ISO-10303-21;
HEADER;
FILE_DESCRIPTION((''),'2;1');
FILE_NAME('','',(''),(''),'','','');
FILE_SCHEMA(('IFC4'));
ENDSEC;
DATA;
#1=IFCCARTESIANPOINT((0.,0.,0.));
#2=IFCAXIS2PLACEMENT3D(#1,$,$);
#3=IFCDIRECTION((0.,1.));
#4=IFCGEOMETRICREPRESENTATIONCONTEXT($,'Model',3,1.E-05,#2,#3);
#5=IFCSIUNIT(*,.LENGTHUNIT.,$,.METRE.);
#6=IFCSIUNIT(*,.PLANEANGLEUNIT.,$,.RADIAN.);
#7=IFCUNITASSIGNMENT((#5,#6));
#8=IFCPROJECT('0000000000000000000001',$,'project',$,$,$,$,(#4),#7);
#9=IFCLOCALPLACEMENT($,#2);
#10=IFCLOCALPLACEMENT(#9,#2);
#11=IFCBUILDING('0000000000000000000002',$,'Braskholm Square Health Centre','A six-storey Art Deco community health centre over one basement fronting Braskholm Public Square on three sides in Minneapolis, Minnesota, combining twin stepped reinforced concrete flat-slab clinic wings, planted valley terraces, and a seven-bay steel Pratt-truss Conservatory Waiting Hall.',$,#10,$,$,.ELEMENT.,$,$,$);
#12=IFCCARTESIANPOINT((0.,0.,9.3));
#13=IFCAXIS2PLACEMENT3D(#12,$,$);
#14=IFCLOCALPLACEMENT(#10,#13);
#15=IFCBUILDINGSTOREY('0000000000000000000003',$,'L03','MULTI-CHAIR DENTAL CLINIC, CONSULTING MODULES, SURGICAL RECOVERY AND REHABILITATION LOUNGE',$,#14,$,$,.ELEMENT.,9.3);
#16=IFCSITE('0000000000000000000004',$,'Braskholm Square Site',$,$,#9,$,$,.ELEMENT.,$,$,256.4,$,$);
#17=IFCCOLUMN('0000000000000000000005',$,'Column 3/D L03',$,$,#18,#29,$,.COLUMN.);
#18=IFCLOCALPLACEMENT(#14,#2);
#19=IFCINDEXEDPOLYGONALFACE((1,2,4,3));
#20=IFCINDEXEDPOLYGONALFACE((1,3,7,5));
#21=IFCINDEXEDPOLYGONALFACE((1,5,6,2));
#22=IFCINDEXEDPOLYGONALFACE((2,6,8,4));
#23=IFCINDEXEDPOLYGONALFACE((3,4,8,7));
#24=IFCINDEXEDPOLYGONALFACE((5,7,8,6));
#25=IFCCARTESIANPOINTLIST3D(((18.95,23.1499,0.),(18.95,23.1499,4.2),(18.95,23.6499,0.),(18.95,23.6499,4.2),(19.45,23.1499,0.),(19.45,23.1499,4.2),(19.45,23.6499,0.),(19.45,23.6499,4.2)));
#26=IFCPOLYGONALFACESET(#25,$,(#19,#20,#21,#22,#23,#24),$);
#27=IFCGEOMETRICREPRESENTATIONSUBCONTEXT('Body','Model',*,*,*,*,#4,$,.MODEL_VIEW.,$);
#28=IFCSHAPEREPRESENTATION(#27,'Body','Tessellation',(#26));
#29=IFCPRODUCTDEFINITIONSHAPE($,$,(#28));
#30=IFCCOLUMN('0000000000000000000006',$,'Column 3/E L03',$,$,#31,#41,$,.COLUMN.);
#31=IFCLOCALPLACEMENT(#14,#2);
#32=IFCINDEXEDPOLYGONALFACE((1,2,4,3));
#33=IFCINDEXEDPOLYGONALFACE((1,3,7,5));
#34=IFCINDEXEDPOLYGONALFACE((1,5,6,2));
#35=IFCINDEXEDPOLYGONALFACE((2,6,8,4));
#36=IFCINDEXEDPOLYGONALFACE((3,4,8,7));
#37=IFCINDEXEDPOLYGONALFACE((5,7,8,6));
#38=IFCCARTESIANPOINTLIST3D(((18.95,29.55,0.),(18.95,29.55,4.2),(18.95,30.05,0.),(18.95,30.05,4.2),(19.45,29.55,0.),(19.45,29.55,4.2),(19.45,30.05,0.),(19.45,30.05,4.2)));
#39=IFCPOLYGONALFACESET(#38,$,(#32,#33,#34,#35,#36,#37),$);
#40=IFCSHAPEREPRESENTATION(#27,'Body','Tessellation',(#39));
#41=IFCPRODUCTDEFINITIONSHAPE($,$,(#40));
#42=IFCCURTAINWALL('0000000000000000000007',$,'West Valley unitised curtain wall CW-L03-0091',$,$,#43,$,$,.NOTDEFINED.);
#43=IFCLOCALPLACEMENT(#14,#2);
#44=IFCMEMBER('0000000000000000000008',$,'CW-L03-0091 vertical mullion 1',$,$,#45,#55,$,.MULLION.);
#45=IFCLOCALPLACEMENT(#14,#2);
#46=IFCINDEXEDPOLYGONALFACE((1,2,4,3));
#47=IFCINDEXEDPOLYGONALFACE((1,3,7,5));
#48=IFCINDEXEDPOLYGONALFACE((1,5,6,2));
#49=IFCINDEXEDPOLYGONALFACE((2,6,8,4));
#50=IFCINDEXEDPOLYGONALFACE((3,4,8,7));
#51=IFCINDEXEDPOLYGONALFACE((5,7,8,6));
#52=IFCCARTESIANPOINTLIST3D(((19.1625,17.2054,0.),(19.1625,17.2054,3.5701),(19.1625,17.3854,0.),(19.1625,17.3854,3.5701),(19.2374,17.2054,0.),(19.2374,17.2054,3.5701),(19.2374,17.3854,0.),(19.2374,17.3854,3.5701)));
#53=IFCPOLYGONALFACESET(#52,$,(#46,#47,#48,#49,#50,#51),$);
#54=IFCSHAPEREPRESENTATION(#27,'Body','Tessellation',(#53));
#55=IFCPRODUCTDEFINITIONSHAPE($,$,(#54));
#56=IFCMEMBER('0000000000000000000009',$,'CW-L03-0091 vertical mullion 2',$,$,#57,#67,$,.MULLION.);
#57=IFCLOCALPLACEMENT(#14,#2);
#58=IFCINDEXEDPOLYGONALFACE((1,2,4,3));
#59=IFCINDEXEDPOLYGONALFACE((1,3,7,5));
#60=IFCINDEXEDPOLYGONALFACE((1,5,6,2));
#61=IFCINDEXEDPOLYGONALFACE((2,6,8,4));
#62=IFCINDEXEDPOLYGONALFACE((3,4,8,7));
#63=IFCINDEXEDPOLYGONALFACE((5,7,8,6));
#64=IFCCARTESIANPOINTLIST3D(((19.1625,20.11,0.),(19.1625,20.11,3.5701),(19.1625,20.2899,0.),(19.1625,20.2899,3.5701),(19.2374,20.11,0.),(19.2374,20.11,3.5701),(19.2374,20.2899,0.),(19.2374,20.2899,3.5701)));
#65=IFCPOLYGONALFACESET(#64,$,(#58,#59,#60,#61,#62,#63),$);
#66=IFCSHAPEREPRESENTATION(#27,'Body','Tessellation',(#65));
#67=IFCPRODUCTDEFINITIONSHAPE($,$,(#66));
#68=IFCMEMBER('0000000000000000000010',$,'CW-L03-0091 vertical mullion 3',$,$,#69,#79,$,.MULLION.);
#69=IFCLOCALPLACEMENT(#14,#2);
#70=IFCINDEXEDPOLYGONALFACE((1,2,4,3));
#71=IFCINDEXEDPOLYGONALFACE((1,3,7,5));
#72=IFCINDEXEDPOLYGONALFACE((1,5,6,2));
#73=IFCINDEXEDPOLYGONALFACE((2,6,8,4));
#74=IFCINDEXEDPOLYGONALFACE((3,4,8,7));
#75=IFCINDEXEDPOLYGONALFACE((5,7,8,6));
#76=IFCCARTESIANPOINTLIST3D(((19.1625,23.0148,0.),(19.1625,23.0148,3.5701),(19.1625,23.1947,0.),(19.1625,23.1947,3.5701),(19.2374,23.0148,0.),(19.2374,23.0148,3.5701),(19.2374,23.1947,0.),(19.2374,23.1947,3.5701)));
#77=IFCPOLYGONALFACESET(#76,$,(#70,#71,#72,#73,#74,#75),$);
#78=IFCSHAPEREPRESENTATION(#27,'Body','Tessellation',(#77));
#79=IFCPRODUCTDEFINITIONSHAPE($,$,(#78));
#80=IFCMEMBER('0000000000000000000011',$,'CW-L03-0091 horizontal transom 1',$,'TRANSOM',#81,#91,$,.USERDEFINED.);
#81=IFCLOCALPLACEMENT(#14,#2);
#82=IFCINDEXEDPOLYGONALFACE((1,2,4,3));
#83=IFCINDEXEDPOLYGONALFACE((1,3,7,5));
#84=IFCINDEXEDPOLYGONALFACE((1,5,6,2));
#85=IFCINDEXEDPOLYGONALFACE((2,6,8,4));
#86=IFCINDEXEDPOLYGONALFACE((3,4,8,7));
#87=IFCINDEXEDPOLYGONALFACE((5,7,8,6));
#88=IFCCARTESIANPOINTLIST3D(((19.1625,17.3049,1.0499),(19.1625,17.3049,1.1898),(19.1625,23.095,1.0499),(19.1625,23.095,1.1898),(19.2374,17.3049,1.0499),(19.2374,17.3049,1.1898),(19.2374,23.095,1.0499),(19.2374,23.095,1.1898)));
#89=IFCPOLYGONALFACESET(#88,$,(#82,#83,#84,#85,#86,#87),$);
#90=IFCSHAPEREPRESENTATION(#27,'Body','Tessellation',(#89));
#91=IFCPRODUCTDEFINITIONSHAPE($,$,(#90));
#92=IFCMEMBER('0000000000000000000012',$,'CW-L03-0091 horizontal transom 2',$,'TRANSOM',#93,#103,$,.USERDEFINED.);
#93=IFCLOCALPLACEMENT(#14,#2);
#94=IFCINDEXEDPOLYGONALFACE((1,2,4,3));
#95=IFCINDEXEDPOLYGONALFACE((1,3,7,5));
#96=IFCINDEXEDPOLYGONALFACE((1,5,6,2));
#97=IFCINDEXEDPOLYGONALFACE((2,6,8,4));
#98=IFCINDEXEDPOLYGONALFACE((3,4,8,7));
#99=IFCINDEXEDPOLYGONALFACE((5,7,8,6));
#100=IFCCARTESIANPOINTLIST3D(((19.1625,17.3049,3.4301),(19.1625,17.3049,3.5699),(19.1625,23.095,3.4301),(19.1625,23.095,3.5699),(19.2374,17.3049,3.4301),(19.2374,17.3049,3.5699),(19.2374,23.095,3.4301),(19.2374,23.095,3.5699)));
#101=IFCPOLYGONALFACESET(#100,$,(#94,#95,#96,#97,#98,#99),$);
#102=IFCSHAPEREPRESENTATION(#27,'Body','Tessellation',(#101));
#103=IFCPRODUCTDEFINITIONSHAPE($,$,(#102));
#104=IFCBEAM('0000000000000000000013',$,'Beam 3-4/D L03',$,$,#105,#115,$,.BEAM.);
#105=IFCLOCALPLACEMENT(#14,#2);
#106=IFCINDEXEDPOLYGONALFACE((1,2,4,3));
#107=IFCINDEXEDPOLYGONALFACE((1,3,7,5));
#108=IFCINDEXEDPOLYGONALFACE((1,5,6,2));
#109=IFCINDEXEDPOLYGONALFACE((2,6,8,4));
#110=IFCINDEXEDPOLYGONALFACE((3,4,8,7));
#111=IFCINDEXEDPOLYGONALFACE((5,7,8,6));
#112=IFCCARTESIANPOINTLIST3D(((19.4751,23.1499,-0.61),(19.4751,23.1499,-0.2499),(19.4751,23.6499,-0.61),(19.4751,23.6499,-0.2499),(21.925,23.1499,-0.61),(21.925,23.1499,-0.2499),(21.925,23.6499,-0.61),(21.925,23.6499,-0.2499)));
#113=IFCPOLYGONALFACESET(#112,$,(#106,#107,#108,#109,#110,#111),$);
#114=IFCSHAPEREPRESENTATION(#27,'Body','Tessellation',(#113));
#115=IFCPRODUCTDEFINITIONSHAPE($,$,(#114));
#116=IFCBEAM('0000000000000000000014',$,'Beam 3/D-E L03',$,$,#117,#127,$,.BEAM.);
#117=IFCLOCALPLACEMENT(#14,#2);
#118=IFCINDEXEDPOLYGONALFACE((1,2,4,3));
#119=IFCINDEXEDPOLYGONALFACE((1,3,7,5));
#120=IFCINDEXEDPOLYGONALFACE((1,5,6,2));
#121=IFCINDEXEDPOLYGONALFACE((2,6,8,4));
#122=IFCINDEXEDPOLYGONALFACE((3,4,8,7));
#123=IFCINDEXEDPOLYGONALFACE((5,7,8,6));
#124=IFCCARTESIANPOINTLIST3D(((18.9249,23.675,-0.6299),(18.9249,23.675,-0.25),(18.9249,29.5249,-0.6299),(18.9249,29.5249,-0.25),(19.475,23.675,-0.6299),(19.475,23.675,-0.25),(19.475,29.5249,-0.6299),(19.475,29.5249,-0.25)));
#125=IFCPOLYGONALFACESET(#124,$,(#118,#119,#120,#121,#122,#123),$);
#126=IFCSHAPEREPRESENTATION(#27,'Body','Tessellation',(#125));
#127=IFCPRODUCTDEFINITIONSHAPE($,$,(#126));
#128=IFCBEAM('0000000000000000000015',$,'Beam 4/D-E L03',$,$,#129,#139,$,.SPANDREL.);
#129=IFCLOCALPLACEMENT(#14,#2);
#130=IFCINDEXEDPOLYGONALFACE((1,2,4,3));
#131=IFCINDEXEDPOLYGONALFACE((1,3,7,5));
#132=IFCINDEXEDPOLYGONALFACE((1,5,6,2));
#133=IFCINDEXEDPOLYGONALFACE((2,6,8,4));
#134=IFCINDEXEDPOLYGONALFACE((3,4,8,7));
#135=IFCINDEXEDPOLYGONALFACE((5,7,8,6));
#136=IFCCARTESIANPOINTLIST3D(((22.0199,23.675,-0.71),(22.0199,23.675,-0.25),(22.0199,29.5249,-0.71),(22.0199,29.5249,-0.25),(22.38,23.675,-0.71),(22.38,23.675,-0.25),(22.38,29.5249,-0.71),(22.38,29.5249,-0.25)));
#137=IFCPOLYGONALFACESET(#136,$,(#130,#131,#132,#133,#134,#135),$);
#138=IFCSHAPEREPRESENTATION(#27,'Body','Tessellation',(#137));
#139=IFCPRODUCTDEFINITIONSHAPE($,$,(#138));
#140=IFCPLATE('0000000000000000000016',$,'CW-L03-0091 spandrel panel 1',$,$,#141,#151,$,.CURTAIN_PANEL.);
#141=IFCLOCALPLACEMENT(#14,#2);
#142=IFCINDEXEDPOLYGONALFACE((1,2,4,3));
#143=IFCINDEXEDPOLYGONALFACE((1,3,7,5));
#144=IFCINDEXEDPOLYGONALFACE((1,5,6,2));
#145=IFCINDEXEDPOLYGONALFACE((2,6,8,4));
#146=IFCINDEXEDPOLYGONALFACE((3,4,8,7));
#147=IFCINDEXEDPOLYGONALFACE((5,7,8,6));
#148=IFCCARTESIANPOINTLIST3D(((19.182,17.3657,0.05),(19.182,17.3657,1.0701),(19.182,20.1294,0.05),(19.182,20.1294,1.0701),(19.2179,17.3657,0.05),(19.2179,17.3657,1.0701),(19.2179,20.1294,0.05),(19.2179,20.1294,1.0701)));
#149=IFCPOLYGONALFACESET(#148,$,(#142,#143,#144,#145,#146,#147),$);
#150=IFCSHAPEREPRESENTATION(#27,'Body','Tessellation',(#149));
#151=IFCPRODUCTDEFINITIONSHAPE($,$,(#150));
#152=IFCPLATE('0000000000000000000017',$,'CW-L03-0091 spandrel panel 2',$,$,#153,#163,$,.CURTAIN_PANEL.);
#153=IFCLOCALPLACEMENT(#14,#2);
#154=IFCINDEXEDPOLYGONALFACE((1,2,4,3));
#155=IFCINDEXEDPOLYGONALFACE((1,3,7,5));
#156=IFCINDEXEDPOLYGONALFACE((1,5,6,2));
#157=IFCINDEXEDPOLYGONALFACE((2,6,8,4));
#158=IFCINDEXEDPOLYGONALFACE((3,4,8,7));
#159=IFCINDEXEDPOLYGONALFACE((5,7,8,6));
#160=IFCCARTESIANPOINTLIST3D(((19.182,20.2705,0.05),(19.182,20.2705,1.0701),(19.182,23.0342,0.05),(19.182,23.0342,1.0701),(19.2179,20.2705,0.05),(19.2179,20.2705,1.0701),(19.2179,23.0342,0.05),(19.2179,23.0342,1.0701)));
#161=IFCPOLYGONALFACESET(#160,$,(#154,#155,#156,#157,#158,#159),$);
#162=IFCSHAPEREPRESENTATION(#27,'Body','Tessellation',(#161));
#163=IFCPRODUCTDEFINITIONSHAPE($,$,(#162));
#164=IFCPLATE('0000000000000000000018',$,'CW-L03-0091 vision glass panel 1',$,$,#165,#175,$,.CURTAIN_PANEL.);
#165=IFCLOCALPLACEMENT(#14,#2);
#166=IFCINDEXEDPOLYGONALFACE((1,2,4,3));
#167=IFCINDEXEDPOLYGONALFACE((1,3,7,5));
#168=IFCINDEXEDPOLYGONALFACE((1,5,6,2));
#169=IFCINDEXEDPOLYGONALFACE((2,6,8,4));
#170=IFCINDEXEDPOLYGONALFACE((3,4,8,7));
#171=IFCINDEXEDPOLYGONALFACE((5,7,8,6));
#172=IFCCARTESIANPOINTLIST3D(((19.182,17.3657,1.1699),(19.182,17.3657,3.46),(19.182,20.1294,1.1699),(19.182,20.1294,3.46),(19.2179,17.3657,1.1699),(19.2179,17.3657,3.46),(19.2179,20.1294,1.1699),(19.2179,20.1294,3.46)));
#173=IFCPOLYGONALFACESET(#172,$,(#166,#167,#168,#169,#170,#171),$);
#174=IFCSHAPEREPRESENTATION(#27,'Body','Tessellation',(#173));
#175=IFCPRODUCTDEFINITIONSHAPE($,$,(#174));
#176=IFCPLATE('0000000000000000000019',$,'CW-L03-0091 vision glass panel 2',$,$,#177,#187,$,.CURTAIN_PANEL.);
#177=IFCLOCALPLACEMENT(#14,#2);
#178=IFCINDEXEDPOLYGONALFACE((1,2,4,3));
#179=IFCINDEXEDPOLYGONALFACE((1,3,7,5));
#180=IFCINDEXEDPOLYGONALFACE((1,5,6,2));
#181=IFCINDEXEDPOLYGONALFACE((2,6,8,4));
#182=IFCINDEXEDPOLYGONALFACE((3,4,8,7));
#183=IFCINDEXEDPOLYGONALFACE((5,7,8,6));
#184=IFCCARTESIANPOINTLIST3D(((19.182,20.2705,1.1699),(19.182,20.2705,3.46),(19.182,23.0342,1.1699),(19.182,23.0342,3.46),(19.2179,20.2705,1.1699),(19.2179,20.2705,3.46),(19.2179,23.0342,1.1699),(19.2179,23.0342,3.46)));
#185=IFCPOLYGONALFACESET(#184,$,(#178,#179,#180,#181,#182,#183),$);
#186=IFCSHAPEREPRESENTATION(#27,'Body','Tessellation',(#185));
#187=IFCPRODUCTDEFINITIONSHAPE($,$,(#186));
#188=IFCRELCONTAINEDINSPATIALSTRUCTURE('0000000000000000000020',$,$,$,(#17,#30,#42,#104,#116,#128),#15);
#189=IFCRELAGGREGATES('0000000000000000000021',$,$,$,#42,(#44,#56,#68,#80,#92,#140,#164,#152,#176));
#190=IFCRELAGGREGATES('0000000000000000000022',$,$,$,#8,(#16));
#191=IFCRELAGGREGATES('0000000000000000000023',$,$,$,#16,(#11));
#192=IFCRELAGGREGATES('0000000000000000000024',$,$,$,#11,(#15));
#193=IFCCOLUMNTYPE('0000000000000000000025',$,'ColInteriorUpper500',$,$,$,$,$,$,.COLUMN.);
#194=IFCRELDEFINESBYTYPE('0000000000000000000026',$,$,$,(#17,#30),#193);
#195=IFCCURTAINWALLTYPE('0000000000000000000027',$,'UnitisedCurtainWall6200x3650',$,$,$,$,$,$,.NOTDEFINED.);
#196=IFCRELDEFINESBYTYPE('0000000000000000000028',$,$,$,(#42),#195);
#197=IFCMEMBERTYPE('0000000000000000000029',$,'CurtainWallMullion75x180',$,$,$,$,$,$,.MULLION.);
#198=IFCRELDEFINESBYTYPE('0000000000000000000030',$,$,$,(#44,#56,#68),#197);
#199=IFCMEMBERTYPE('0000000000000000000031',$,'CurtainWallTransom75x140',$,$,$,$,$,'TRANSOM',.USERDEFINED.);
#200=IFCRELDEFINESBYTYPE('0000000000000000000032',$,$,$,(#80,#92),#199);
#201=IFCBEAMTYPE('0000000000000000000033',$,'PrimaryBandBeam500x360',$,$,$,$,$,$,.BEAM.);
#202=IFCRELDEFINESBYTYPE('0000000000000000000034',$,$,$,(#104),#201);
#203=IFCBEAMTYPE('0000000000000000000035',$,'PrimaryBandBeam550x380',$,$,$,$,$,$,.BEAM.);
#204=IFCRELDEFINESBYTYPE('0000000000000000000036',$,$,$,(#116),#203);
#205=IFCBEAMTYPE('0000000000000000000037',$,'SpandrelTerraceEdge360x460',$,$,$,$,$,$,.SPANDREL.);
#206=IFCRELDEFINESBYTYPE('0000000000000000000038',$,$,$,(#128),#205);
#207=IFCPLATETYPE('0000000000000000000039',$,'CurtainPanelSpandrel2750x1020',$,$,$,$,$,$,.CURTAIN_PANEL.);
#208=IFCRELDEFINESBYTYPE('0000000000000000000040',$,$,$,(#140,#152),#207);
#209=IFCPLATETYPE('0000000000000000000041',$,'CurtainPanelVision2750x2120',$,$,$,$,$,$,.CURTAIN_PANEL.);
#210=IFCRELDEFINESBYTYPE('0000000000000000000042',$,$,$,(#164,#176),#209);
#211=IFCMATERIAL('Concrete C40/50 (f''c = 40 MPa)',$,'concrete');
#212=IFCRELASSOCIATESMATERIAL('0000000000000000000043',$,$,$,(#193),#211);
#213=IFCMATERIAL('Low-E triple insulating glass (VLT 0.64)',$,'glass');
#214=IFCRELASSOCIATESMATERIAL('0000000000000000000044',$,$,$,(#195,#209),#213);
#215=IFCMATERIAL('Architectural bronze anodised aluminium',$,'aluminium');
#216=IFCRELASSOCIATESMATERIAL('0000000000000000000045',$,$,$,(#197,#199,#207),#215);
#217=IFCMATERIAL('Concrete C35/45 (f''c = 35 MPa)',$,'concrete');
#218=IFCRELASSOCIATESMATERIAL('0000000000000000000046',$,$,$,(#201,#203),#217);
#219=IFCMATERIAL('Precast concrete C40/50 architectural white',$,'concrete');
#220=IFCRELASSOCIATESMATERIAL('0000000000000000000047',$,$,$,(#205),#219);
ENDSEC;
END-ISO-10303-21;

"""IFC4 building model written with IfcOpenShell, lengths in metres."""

from ifc_helpers import new_model, si_unit, direction, frame, origin, origin_2d, place, context, subcontext, project, spatial, rectangle, extrude, material, material_profile, profile_set, type_object, element, aggregate, save


model = new_model("IFC4")

# Units and contexts
model_context = context("Model", 3, precision=1e-05, world=origin(), true_north=direction((0.0, 1.0)))
body_context = subcontext(model_context, "Body", "Model", "MODEL_VIEW")
ifc_project = project(units=[si_unit("LENGTHUNIT", "METRE"), si_unit("PLANEANGLEUNIT", "RADIAN")], contexts=[model_context])

# Site, building, storey
site_placement = place(None, origin())
site = spatial("IfcSite", under=ifc_project, at=site_placement, Name="Braskholm Square Site", CompositionType="ELEMENT", RefElevation=256.4)
building_placement = place(site_placement, origin())
building = spatial("IfcBuilding", under=site, at=building_placement, Name="Braskholm Square Health Centre", Description="A six-storey Art Deco community health centre over one basement fronting Braskholm Public Square on three sides in Minneapolis, Minnesota, combining twin stepped reinforced concrete flat-slab clinic wings, planted valley terraces, and a seven-bay steel Pratt-truss Conservatory Waiting Hall.", CompositionType="ELEMENT")
storey_placement = place(building_placement, frame((0.0, 0.0, 9.3)))
storey = spatial("IfcBuildingStorey", under=building, at=storey_placement, Name="L03", Description="MULTI-CHAIR DENTAL CLINIC, CONSULTING MODULES, SURGICAL RECOVERY AND REHABILITATION LOUNGE", CompositionType="ELEMENT", Elevation=9.3)

# Columns
ifc_material_1 = material(Name="Concrete C40/50 (f'c = 40 MPa)", Category="concrete")
ifc_material_profile_1 = material_profile(ifc_material_1, rectangle(XDim=0.5, YDim=0.5, at=origin_2d()), Name="RC-500X500")
ifc_profile_set_1 = profile_set([ifc_material_profile_1], Name="Concrete C40/50 (f'c = 40 MPa)")
column_type = type_object("IfcColumnType", Name="ColInteriorUpper500", PredefinedType="COLUMN", material=ifc_profile_set_1)
for number, where, z_axis, x_axis, name in (
    (1, (19.2, 23.3999, 0.0), (0.0, 0.0, 1.0), (1.0, 0.0, 0.0), "Column 3/D L03"),
    (2, (19.2, 29.8, 0.0), (0.0, 0.0, 1.0), (1.0, 0.0, 0.0), "Column 3/E L03"),
):
    element("IfcColumn", number, at=place(storey_placement, frame(where, z_axis=z_axis, x_axis=x_axis)), inside=storey, type_object=column_type, Name=name, PredefinedType="COLUMN", context=body_context, shape_type="SweptSolid", body=[
        extrude(rectangle(XDim=0.5, YDim=0.5, at=origin_2d()), origin(), (0.0, 0.0, 1.0), 4.2),
    ])

# Curtain wall, members
ifc_material_2 = material(Name="Low-E triple insulating glass (VLT 0.64)", Category="glass")
curtain_wall_type = type_object("IfcCurtainWallType", Name="UnitisedCurtainWall6200x3650", PredefinedType="NOTDEFINED", material=ifc_material_2)
curtain_wall_placement = place(storey_placement, origin())
curtain_wall = element("IfcCurtainWall", 3, at=curtain_wall_placement, inside=storey, type_object=curtain_wall_type, Name="West Valley unitised curtain wall CW-L03-0091", PredefinedType="NOTDEFINED")
ifc_material_3 = material(Name="Architectural bronze anodised aluminium", Category="aluminium")
ifc_material_profile_2 = material_profile(ifc_material_3, rectangle(XDim=0.075, YDim=0.1799, at=origin_2d()), Name="ALU-75X180")
ifc_profile_set_2 = profile_set([ifc_material_profile_2], Name="Architectural bronze anodised aluminium")
member_type_1 = type_object("IfcMemberType", Name="CurtainWallMullion75x180", PredefinedType="MULLION", material=ifc_profile_set_2)
member_1_placement = place(storey_placement, frame((19.2, 17.2954, 0.0), z_axis=(0.0, 0.0, 1.0), x_axis=(1.0, 0.0, 0.0)))
member_1 = element("IfcMember", 4, at=member_1_placement, type_object=member_type_1, Name="CW-L03-0091 vertical mullion 1", PredefinedType="MULLION", context=body_context, shape_type="SweptSolid", body=[
    extrude(rectangle(XDim=0.075, YDim=0.1799, at=origin_2d()), origin(), (0.0, 0.0, 1.0), 3.5701),
])
member_2_placement = place(storey_placement, frame((19.2, 20.2, 0.0), z_axis=(0.0, 0.0, 1.0), x_axis=(1.0, 0.0, 0.0)))
member_2 = element("IfcMember", 5, at=member_2_placement, type_object=member_type_1, Name="CW-L03-0091 vertical mullion 2", PredefinedType="MULLION", context=body_context, shape_type="SweptSolid", body=[
    extrude(rectangle(XDim=0.075, YDim=0.1799, at=origin_2d()), origin(), (0.0, 0.0, 1.0), 3.5701),
])
member_3_placement = place(storey_placement, frame((19.2, 23.1047, 0.0), z_axis=(0.0, 0.0, 1.0), x_axis=(1.0, 0.0, 0.0)))
member_3 = element("IfcMember", 6, at=member_3_placement, type_object=member_type_1, Name="CW-L03-0091 vertical mullion 3", PredefinedType="MULLION", context=body_context, shape_type="SweptSolid", body=[
    extrude(rectangle(XDim=0.075, YDim=0.1799, at=origin_2d()), origin(), (0.0, 0.0, 1.0), 3.5701),
])
ifc_material_profile_3 = material_profile(ifc_material_3, rectangle(XDim=0.075, YDim=0.1399, at=origin_2d()), Name="ALU-75X140")
ifc_profile_set_3 = profile_set([ifc_material_profile_3], Name="Architectural bronze anodised aluminium")
member_type_2 = type_object("IfcMemberType", Name="CurtainWallTransom75x140", ElementType="TRANSOM", PredefinedType="USERDEFINED", material=ifc_profile_set_3)
member_4_placement = place(storey_placement, frame((19.2, 17.3049, 1.1199), z_axis=(0.0, 1.0, 0.0), x_axis=(-1.0, 0.0, 0.0)))
member_4 = element("IfcMember", 7, at=member_4_placement, type_object=member_type_2, Name="CW-L03-0091 horizontal transom 1", ObjectType="TRANSOM", PredefinedType="USERDEFINED", context=body_context, shape_type="SweptSolid", body=[
    extrude(rectangle(XDim=0.075, YDim=0.1399, at=origin_2d()), origin(), (0.0, 0.0, 1.0), 5.79),
])
member_5_placement = place(storey_placement, frame((19.2, 17.3049, 3.5), z_axis=(0.0, 1.0, 0.0), x_axis=(-1.0, 0.0, 0.0)))
member_5 = element("IfcMember", 8, at=member_5_placement, type_object=member_type_2, Name="CW-L03-0091 horizontal transom 2", ObjectType="TRANSOM", PredefinedType="USERDEFINED", context=body_context, shape_type="SweptSolid", body=[
    extrude(rectangle(XDim=0.075, YDim=0.1399, at=origin_2d()), origin(), (0.0, 0.0, 1.0), 5.79),
])

# Beams
ifc_material_4 = material(Name="Concrete C35/45 (f'c = 35 MPa)", Category="concrete")
ifc_material_profile_4 = material_profile(ifc_material_4, rectangle(XDim=0.5, YDim=0.3601, at=origin_2d()), Name="RCB-500X360")
ifc_profile_set_4 = profile_set([ifc_material_profile_4], Name="Concrete C35/45 (f'c = 35 MPa)")
beam_type_1 = type_object("IfcBeamType", Name="PrimaryBandBeam500x360", PredefinedType="BEAM", material=ifc_profile_set_4)
beam_1_placement = place(storey_placement, frame((19.4751, 23.3999, -0.4299), z_axis=(1.0, 0.0, 0.0), x_axis=(0.0, 1.0, 0.0)))
element("IfcBeam", 9, at=beam_1_placement, inside=storey, type_object=beam_type_1, Name="Beam 3-4/D L03", PredefinedType="BEAM", context=body_context, shape_type="SweptSolid", body=[
    extrude(rectangle(XDim=0.5, YDim=0.3601, at=origin_2d()), origin(), (0.0, 0.0, 1.0), 2.45),
])
ifc_material_profile_5 = material_profile(ifc_material_4, rectangle(XDim=0.55, YDim=0.3799, at=origin_2d()), Name="RCB-550X380")
ifc_profile_set_5 = profile_set([ifc_material_profile_5], Name="Concrete C35/45 (f'c = 35 MPa)")
beam_type_2 = type_object("IfcBeamType", Name="PrimaryBandBeam550x380", PredefinedType="BEAM", material=ifc_profile_set_5)
beam_2_placement = place(storey_placement, frame((19.2, 23.675, -0.4399), z_axis=(0.0, 1.0, 0.0), x_axis=(-1.0, 0.0, 0.0)))
element("IfcBeam", 10, at=beam_2_placement, inside=storey, type_object=beam_type_2, Name="Beam 3/D-E L03", PredefinedType="BEAM", context=body_context, shape_type="SweptSolid", body=[
    extrude(rectangle(XDim=0.55, YDim=0.3799, at=origin_2d()), origin(), (0.0, 0.0, 1.0), 5.8499),
])
ifc_material_5 = material(Name="Precast concrete C40/50 architectural white", Category="concrete")
ifc_material_profile_6 = material_profile(ifc_material_5, rectangle(XDim=0.3601, YDim=0.46, at=origin_2d()), Name="RCB-360X460")
ifc_profile_set_6 = profile_set([ifc_material_profile_6], Name="Precast concrete C40/50 architectural white")
beam_type_3 = type_object("IfcBeamType", Name="SpandrelTerraceEdge360x460", PredefinedType="SPANDREL", material=ifc_profile_set_6)
beam_3_placement = place(storey_placement, frame((22.2, 23.675, -0.48), z_axis=(0.0, 1.0, 0.0), x_axis=(-1.0, 0.0, 0.0)))
element("IfcBeam", 11, at=beam_3_placement, inside=storey, type_object=beam_type_3, Name="Beam 4/D-E L03", PredefinedType="SPANDREL", context=body_context, shape_type="SweptSolid", body=[
    extrude(rectangle(XDim=0.3601, YDim=0.46, at=origin_2d()), origin(), (0.0, 0.0, 1.0), 5.8499),
])

# Plates
plate_type_1 = type_object("IfcPlateType", Name="CurtainPanelSpandrel2750x1020", PredefinedType="CURTAIN_PANEL", material=ifc_material_3)
plate_1_placement = place(storey_placement, frame((19.2, 18.7476, 0.05), z_axis=(0.0, 0.0, 1.0), x_axis=(0.0, 1.0, 0.0)))
plate_1 = element("IfcPlate", 12, at=plate_1_placement, type_object=plate_type_1, Name="CW-L03-0091 spandrel panel 1", PredefinedType="CURTAIN_PANEL", context=body_context, shape_type="SweptSolid", body=[
    extrude(rectangle(XDim=2.7637, YDim=0.0359, at=origin_2d()), origin(), (0.0, 0.0, 1.0), 1.02),
])
plate_2_placement = place(storey_placement, frame((19.2, 21.6523, 0.05), z_axis=(0.0, 0.0, 1.0), x_axis=(0.0, 1.0, 0.0)))
plate_2 = element("IfcPlate", 13, at=plate_2_placement, type_object=plate_type_1, Name="CW-L03-0091 spandrel panel 2", PredefinedType="CURTAIN_PANEL", context=body_context, shape_type="SweptSolid", body=[
    extrude(rectangle(XDim=2.7637, YDim=0.0359, at=origin_2d()), origin(), (0.0, 0.0, 1.0), 1.02),
])
plate_type_2 = type_object("IfcPlateType", Name="CurtainPanelVision2750x2120", PredefinedType="CURTAIN_PANEL", material=ifc_material_2)
plate_3_placement = place(storey_placement, frame((19.2, 18.7476, 1.1699), z_axis=(0.0, 0.0, 1.0), x_axis=(0.0, 1.0, 0.0)))
plate_3 = element("IfcPlate", 14, at=plate_3_placement, type_object=plate_type_2, Name="CW-L03-0091 vision glass panel 1", PredefinedType="CURTAIN_PANEL", context=body_context, shape_type="SweptSolid", body=[
    extrude(rectangle(XDim=2.7637, YDim=0.0359, at=origin_2d()), origin(), (0.0, 0.0, 1.0), 2.29),
])
plate_4_placement = place(storey_placement, frame((19.2, 21.6523, 1.1699), z_axis=(0.0, 0.0, 1.0), x_axis=(0.0, 1.0, 0.0)))
plate_4 = element("IfcPlate", 15, at=plate_4_placement, type_object=plate_type_2, Name="CW-L03-0091 vision glass panel 2", PredefinedType="CURTAIN_PANEL", context=body_context, shape_type="SweptSolid", body=[
    extrude(rectangle(XDim=2.7637, YDim=0.0359, at=origin_2d()), origin(), (0.0, 0.0, 1.0), 2.29),
])
aggregate(curtain_wall, [member_1, member_2, member_3, member_4, member_5, plate_1, plate_3, plate_2, plate_4])

save(model, "model.ifc")
